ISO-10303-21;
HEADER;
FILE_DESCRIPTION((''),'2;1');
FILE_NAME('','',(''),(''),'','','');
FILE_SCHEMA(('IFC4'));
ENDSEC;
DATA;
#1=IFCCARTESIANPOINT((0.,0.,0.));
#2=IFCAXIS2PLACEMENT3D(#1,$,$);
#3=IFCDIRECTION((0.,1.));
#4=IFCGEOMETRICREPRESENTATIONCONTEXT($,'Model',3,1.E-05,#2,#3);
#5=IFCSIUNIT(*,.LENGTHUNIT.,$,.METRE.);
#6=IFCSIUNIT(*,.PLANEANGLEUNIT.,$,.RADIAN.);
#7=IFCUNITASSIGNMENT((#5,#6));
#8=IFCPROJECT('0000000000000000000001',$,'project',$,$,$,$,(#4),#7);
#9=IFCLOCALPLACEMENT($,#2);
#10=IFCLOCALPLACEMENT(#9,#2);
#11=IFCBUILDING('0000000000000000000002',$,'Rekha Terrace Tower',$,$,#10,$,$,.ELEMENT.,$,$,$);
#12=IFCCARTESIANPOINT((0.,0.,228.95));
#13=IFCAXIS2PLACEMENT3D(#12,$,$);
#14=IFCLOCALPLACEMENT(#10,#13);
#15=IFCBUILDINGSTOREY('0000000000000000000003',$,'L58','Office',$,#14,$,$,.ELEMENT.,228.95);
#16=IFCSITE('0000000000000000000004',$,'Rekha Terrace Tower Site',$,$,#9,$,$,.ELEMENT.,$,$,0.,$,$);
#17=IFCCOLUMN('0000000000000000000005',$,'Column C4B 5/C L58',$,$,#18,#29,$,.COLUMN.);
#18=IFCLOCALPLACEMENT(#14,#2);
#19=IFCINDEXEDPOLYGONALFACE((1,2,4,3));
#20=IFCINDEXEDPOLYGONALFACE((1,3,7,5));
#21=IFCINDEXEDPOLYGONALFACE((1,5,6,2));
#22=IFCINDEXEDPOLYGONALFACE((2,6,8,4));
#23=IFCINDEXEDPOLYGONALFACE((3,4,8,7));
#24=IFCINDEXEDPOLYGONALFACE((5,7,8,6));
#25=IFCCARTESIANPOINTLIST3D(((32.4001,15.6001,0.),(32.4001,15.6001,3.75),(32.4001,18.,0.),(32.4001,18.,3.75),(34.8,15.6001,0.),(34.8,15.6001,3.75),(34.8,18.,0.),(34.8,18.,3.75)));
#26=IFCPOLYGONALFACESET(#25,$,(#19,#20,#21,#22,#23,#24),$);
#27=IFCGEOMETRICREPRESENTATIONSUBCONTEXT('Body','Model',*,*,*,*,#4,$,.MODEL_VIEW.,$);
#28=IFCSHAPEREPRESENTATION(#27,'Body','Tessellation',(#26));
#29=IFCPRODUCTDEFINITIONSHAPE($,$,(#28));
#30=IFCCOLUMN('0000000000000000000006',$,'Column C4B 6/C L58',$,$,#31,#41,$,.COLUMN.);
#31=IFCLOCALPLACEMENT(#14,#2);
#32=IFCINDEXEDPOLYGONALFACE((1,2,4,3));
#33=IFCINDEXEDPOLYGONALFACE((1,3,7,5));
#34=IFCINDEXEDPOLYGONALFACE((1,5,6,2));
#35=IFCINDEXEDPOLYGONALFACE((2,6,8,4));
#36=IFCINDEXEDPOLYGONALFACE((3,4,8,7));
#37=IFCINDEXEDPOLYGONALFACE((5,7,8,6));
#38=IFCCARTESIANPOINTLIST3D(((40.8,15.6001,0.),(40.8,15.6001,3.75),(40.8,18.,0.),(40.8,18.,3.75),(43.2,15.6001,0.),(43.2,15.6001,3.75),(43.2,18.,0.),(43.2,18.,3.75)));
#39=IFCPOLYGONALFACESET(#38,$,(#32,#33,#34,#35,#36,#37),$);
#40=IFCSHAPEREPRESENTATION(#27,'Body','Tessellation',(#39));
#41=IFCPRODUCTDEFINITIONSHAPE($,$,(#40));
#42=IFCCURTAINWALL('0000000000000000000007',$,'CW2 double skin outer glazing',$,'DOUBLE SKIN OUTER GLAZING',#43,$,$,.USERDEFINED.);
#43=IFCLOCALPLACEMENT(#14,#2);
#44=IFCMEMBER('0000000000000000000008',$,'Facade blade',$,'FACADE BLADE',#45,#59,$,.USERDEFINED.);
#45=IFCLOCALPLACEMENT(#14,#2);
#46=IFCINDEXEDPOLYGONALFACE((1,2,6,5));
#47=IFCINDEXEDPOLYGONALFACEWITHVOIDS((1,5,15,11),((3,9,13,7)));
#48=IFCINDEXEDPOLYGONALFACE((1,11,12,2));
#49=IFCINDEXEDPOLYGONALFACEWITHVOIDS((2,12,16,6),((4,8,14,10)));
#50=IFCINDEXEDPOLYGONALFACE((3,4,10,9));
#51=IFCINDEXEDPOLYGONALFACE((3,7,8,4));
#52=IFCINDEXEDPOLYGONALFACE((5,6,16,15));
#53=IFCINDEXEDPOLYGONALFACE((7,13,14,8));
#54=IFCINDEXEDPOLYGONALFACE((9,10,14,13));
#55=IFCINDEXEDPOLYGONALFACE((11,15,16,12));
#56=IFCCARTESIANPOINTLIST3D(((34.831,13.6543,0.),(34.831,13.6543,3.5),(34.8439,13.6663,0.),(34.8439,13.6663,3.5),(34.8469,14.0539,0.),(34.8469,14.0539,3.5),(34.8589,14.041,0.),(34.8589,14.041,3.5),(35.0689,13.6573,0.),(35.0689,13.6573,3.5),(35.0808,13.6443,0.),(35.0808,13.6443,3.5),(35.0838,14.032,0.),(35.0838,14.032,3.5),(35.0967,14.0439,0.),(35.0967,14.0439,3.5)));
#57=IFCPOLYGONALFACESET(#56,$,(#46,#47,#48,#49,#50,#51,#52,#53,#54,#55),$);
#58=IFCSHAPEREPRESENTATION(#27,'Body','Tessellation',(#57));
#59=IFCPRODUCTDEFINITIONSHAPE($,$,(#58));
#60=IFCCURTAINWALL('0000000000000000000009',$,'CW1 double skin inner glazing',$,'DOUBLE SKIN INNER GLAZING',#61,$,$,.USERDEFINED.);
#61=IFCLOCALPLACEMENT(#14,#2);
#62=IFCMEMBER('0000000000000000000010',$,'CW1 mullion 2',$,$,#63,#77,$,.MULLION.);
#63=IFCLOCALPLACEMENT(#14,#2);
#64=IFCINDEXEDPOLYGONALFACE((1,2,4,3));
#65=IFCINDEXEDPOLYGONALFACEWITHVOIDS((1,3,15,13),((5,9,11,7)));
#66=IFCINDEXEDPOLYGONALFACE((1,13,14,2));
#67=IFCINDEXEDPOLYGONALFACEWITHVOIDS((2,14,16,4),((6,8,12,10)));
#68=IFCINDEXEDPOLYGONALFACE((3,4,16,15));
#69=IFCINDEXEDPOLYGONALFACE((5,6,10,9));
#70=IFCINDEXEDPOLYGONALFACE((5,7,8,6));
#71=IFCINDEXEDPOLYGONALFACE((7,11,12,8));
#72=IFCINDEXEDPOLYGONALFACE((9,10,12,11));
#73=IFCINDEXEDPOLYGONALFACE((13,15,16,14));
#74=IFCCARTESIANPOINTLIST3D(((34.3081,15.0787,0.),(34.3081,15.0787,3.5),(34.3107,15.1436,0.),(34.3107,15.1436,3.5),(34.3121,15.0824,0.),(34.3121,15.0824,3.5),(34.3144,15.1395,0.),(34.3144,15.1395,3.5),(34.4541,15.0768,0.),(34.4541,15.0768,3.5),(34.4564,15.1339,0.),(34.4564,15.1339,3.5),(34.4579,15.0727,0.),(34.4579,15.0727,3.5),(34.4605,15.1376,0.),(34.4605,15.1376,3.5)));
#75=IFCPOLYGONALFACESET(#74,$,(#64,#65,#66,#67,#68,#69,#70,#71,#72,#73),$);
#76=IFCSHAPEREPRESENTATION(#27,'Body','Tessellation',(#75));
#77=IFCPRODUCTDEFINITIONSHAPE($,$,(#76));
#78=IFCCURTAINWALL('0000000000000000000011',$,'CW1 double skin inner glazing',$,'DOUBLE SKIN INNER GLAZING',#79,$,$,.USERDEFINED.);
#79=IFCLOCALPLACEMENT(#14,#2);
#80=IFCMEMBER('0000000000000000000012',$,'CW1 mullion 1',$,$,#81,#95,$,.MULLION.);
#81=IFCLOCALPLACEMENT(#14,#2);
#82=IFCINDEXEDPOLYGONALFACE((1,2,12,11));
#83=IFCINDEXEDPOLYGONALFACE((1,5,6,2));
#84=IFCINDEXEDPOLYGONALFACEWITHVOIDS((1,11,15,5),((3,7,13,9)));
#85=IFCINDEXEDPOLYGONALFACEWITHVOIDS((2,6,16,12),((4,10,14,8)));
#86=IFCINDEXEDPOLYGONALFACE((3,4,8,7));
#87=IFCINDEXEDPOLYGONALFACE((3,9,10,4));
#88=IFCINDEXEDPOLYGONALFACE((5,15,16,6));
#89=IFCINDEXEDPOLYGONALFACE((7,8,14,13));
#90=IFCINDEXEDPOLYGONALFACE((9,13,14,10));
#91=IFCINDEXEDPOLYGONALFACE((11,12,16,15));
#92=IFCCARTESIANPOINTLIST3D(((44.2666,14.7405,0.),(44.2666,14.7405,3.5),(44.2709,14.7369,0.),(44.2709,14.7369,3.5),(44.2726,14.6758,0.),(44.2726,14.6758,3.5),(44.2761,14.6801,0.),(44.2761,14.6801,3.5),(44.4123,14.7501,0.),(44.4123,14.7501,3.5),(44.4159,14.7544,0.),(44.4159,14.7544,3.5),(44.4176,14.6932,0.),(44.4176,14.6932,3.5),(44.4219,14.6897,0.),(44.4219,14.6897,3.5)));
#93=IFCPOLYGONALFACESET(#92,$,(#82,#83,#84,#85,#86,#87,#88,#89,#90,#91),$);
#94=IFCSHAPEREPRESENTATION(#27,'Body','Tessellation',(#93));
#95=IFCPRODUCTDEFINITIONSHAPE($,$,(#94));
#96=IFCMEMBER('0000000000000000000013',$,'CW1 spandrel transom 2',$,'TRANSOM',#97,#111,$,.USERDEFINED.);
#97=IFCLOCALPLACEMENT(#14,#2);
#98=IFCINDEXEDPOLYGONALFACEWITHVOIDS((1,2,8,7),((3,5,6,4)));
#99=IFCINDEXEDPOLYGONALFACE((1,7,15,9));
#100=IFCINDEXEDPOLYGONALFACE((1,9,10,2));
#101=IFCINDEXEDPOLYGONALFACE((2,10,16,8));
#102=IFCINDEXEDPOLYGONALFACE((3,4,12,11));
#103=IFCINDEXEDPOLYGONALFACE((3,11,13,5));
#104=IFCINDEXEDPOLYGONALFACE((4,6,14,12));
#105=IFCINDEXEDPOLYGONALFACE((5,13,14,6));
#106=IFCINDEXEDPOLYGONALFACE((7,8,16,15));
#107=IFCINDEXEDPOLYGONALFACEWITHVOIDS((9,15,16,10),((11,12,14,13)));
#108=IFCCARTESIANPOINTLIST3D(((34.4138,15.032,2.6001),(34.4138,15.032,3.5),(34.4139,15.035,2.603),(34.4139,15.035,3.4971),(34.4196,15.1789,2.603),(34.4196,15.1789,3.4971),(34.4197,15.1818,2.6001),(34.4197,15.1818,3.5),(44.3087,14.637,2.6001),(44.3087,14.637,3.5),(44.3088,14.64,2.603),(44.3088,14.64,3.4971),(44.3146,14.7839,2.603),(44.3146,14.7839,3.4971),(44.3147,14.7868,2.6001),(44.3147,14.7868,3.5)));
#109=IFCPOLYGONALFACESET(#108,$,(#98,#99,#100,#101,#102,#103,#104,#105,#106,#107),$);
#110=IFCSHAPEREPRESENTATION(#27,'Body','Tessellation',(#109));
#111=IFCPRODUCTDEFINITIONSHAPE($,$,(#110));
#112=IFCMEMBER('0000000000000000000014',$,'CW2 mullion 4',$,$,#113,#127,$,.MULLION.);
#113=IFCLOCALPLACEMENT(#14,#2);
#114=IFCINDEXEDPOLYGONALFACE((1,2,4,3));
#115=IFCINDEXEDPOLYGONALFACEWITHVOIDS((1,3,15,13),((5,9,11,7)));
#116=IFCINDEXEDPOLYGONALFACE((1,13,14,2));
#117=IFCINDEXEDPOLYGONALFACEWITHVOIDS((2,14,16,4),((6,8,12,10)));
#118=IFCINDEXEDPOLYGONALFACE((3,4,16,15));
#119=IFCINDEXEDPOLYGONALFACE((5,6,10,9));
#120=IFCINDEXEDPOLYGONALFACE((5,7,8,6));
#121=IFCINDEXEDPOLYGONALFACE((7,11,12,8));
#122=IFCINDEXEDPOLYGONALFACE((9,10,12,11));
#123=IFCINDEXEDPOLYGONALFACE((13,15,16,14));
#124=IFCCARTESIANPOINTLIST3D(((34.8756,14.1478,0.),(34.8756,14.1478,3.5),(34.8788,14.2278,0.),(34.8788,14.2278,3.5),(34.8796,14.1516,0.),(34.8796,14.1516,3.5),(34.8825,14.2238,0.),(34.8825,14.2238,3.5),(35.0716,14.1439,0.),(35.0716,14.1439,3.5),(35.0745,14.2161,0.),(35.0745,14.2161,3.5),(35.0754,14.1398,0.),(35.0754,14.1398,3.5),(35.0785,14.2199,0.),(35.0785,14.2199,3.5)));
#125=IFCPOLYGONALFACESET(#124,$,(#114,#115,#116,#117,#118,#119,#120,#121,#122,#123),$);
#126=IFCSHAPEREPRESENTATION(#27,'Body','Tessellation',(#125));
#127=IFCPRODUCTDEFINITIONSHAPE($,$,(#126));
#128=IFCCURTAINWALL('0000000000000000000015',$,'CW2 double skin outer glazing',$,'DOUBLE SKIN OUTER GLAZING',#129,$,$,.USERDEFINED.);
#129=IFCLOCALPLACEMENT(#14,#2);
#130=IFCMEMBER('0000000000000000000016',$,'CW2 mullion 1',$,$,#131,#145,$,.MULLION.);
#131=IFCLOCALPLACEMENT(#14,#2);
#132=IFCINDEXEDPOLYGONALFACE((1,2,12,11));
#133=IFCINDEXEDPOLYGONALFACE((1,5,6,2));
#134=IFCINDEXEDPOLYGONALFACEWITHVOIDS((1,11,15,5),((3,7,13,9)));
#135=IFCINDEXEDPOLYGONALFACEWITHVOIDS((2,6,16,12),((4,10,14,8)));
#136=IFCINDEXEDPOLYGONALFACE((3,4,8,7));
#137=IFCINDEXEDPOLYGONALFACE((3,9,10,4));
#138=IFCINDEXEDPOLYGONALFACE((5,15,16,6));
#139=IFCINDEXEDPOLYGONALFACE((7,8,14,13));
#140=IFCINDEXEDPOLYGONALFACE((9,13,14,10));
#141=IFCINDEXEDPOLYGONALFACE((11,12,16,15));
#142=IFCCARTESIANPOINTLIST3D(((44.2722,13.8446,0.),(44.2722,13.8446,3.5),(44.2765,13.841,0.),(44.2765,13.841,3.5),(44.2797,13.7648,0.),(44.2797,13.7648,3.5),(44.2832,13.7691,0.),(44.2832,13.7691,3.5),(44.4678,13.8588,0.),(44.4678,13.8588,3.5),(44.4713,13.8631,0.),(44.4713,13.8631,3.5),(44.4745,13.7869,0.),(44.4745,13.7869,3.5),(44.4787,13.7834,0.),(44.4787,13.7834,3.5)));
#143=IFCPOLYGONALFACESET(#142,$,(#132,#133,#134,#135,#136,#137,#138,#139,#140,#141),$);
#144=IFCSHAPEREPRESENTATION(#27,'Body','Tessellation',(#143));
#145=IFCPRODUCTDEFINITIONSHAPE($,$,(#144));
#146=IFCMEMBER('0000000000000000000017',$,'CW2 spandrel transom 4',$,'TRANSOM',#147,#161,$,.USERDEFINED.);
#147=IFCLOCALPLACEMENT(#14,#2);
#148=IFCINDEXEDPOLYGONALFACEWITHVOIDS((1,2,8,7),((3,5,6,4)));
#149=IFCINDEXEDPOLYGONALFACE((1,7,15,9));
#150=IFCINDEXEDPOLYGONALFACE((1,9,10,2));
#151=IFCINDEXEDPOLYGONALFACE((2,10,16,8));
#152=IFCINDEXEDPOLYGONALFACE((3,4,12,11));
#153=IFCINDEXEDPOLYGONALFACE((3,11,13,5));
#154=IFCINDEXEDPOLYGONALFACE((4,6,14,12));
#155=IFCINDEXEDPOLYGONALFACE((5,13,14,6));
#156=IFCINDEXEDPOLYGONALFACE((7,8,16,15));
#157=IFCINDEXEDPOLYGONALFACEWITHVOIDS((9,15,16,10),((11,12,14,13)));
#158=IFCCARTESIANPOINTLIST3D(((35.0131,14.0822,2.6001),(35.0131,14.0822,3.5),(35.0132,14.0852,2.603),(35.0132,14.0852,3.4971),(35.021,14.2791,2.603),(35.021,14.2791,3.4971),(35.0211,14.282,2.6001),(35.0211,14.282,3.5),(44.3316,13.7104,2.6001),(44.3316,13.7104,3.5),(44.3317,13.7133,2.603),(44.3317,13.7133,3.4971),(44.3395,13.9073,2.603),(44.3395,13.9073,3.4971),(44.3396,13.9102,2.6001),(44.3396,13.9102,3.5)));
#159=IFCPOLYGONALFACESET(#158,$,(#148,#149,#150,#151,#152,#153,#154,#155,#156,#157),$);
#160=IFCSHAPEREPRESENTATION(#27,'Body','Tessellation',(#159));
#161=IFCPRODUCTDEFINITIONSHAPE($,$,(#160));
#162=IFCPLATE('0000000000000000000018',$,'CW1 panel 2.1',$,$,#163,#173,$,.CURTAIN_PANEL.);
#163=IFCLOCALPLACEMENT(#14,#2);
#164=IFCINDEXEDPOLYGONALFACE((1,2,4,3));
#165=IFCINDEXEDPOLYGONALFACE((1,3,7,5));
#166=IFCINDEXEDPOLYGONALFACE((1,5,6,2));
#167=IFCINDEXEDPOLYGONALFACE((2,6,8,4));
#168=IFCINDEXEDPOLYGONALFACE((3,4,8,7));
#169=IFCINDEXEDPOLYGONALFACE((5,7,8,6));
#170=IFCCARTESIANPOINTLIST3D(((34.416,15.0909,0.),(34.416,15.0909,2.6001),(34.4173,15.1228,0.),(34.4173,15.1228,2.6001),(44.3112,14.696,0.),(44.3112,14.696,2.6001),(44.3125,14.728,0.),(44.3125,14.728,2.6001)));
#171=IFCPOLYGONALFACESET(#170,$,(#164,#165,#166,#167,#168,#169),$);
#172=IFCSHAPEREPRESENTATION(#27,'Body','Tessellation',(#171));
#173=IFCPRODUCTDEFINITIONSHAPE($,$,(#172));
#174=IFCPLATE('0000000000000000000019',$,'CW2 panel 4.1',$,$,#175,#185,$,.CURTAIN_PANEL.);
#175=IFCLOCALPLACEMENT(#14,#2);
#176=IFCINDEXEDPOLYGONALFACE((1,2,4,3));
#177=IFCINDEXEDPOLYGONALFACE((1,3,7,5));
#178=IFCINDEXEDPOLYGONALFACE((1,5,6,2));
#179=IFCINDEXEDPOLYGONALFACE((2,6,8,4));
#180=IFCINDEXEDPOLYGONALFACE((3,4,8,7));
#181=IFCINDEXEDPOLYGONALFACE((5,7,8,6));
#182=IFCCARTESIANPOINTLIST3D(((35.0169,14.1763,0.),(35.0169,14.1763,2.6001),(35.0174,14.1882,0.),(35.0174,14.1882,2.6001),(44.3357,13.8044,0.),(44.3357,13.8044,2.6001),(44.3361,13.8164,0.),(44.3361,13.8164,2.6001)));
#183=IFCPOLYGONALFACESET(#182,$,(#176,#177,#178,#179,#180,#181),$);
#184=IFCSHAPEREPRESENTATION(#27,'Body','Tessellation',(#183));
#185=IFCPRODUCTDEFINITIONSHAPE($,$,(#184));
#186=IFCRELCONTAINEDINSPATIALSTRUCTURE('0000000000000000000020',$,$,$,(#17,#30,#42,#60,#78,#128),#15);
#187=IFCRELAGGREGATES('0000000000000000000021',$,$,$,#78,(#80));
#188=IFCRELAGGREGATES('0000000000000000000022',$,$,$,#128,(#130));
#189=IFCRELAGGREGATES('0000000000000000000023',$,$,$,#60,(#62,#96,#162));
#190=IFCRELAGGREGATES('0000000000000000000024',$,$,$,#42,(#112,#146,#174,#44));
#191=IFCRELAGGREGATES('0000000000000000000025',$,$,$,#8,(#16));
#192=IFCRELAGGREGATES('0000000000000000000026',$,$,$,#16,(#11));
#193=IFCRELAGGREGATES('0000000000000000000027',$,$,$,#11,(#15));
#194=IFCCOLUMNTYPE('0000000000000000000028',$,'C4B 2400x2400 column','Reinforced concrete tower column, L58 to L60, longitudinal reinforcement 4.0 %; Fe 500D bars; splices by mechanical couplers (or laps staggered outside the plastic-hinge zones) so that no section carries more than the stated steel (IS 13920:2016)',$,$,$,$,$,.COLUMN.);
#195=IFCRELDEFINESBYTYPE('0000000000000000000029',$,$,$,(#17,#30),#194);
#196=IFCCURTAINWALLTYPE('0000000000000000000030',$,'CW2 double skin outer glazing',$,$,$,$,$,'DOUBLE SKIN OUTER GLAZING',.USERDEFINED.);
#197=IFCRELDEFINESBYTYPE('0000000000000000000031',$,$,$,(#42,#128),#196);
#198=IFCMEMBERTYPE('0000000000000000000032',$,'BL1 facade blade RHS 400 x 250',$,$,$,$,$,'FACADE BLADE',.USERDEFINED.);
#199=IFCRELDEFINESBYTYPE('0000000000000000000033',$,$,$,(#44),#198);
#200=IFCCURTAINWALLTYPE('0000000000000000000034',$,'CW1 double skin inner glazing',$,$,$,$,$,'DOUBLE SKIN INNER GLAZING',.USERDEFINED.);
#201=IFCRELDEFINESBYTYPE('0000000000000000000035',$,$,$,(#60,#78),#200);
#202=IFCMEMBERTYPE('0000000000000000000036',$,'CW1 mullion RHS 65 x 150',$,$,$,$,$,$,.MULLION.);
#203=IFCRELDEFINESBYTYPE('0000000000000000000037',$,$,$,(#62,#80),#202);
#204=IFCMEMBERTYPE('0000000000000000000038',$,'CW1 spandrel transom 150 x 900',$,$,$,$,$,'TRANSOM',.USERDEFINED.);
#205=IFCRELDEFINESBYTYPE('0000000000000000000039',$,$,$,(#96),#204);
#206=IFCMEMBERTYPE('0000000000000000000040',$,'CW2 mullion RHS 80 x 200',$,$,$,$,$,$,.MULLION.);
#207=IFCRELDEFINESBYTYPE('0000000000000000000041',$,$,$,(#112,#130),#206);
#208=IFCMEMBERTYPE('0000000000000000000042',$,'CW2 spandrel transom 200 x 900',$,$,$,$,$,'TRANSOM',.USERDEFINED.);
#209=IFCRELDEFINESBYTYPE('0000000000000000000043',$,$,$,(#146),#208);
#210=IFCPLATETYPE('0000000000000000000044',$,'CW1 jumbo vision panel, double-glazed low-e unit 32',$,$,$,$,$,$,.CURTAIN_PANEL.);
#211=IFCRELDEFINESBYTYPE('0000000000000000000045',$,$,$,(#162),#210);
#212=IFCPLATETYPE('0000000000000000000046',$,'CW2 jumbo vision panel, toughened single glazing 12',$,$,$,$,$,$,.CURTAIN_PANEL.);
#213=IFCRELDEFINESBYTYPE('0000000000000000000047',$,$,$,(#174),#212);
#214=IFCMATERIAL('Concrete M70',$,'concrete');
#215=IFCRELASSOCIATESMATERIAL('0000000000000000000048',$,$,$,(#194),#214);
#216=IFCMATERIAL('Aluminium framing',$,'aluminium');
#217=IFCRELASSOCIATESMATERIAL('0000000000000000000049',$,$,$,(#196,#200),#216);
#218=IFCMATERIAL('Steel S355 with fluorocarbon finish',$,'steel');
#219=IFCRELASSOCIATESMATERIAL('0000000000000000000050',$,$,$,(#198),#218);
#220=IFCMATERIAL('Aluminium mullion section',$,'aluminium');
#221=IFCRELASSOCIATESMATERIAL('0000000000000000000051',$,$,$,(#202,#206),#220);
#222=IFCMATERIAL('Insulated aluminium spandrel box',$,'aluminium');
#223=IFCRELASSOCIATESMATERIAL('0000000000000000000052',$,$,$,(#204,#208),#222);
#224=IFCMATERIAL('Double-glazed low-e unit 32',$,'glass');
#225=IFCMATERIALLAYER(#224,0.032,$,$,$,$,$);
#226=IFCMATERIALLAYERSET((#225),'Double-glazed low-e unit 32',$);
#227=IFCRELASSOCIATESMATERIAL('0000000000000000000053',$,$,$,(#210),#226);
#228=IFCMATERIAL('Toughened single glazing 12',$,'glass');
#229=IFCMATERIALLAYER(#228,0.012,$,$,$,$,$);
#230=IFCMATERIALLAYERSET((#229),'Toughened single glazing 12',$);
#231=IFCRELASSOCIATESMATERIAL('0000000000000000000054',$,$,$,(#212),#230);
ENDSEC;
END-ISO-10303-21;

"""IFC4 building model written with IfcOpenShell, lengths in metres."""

from ifc_helpers import new_model, si_unit, direction, frame, origin, origin_2d, place, context, subcontext, project, spatial, rectangle, hollow_rectangle, extrude, material, layer, layer_set, material_profile, profile_set, type_object, element, aggregate, save


model = new_model("IFC4")

# Units and contexts
model_context = context("Model", 3, precision=1e-05, world=origin(), true_north=direction((0.0, 1.0)))
body_context = subcontext(model_context, "Body", "Model", "MODEL_VIEW")
ifc_project = project(units=[si_unit("LENGTHUNIT", "METRE"), si_unit("PLANEANGLEUNIT", "RADIAN")], contexts=[model_context])

# Site, building, storey
site_placement = place(None, origin())
site = spatial("IfcSite", under=ifc_project, at=site_placement, Name="Rekha Terrace Tower Site", CompositionType="ELEMENT", RefElevation=0.0)
building_placement = place(site_placement, origin())
building = spatial("IfcBuilding", under=site, at=building_placement, Name="Rekha Terrace Tower", CompositionType="ELEMENT")
storey_placement = place(building_placement, frame((0.0, 0.0, 228.95)))
storey = spatial("IfcBuildingStorey", under=building, at=storey_placement, Name="L58", Description="Office", CompositionType="ELEMENT", Elevation=228.95)

# Columns
ifc_material_1 = material(Name="Concrete M70", Category="concrete")
ifc_material_profile_1 = material_profile(ifc_material_1, rectangle(XDim=2.3999, YDim=2.3999, at=origin_2d()), Name="RC 2400x2400")
ifc_profile_set_1 = profile_set([ifc_material_profile_1], Name="Concrete M70")
column_type = type_object("IfcColumnType", Name="C4B 2400x2400 column", Description="Reinforced concrete tower column, L58 to L60, longitudinal reinforcement 4.0 %; Fe 500D bars; splices by mechanical couplers (or laps staggered outside the plastic-hinge zones) so that no section carries more than the stated steel (IS 13920:2016)", PredefinedType="COLUMN", material=ifc_profile_set_1)
for number, where, z_axis, x_axis, name in (
    (1, (33.6001, 16.8, 0.0), (0.0, 0.0, 1.0), (1.0, 0.0, 0.0), "Column C4B 5/C L58"),
    (2, (42.0, 16.8, 0.0), (0.0, 0.0, 1.0), (1.0, 0.0, 0.0), "Column C4B 6/C L58"),
):
    element("IfcColumn", number, at=place(storey_placement, frame(where, z_axis=z_axis, x_axis=x_axis)), inside=storey, type_object=column_type, Name=name, PredefinedType="COLUMN", context=body_context, shape_type="SweptSolid", body=[
        extrude(rectangle(XDim=2.3999, YDim=2.3999, at=origin_2d()), origin(), (0.0, 0.0, 1.0), 3.75),
    ])

# Curtain walls, members
ifc_material_2 = material(Name="Aluminium framing", Category="aluminium")
curtain_wall_type_1 = type_object("IfcCurtainWallType", Name="CW2 double skin outer glazing", ElementType="DOUBLE SKIN OUTER GLAZING", PredefinedType="USERDEFINED", material=ifc_material_2)
curtain_wall_1_placement = place(storey_placement, origin())
curtain_wall_1 = element("IfcCurtainWall", 3, at=curtain_wall_1_placement, inside=storey, type_object=curtain_wall_type_1, Name="CW2 double skin outer glazing", ObjectType="DOUBLE SKIN OUTER GLAZING", PredefinedType="USERDEFINED")
ifc_material_3 = material(Name="Steel S355 with fluorocarbon finish", Category="steel")
ifc_material_profile_2 = material_profile(ifc_material_3, hollow_rectangle(XDim=0.25, YDim=0.3999, WallThickness=0.0125, at=origin_2d()), Name="RHS400x250x12.5")
ifc_profile_set_2 = profile_set([ifc_material_profile_2], Name="Steel S355 with fluorocarbon finish")
member_type_1 = type_object("IfcMemberType", Name="BL1 facade blade RHS 400 x 250", ElementType="FACADE BLADE", PredefinedType="USERDEFINED", material=ifc_profile_set_2)
member_1_placement = place(storey_placement, frame((34.9639, 13.8491, 0.0), z_axis=(0.0, 0.0, 1.0), x_axis=(0.999205, -0.039872, 0.0)))
member_1 = element("IfcMember", 4, at=member_1_placement, type_object=member_type_1, Name="Facade blade", ObjectType="FACADE BLADE", PredefinedType="USERDEFINED", context=body_context, shape_type="SweptSolid", body=[
    extrude(hollow_rectangle(XDim=0.25, YDim=0.3999, WallThickness=0.0125, at=origin_2d()), origin(), (0.0, 0.0, 1.0), 3.5),
])
curtain_wall_type_2 = type_object("IfcCurtainWallType", Name="CW1 double skin inner glazing", ElementType="DOUBLE SKIN INNER GLAZING", PredefinedType="USERDEFINED", material=ifc_material_2)
curtain_wall_2_placement = place(storey_placement, origin())
curtain_wall_2 = element("IfcCurtainWall", 5, at=curtain_wall_2_placement, inside=storey, type_object=curtain_wall_type_2, Name="CW1 double skin inner glazing", ObjectType="DOUBLE SKIN INNER GLAZING", PredefinedType="USERDEFINED")
ifc_material_4 = material(Name="Aluminium mullion section", Category="aluminium")
ifc_material_profile_3 = material_profile(ifc_material_4, hollow_rectangle(XDim=0.0649, YDim=0.1499, WallThickness=0.0039, at=origin_2d()), Name="AL RHS 65x150")
ifc_profile_set_3 = profile_set([ifc_material_profile_3], Name="Aluminium mullion section")
member_type_2 = type_object("IfcMemberType", Name="CW1 mullion RHS 65 x 150", PredefinedType="MULLION", material=ifc_profile_set_3)
member_2_placement = place(storey_placement, frame((34.3843, 15.1082, 0.0), z_axis=(0.0, 0.0, 1.0), x_axis=(0.039872, 0.999205, 0.0)))
member_2 = element("IfcMember", 6, at=member_2_placement, type_object=member_type_2, Name="CW1 mullion 2", PredefinedType="MULLION", context=body_context, shape_type="SweptSolid", body=[
    extrude(hollow_rectangle(XDim=0.0649, YDim=0.1499, WallThickness=0.0039, at=origin_2d()), origin(), (0.0, 0.0, 1.0), 3.5),
])
curtain_wall_3_placement = place(storey_placement, origin())
curtain_wall_3 = element("IfcCurtainWall", 7, at=curtain_wall_3_placement, inside=storey, type_object=curtain_wall_type_2, Name="CW1 double skin inner glazing", ObjectType="DOUBLE SKIN INNER GLAZING", PredefinedType="USERDEFINED")
member_3_placement = place(storey_placement, frame((44.3442, 14.7151, 0.0), z_axis=(0.0, 0.0, 1.0), x_axis=(-0.092709, 0.995693, 0.0)))
member_3 = element("IfcMember", 8, at=member_3_placement, type_object=member_type_2, Name="CW1 mullion 1", PredefinedType="MULLION", context=body_context, shape_type="SweptSolid", body=[
    extrude(hollow_rectangle(XDim=0.0649, YDim=0.1499, WallThickness=0.0039, at=origin_2d()), origin(), (0.0, 0.0, 1.0), 3.5),
])
aggregate(curtain_wall_3, [member_3])

# Members
ifc_material_5 = material(Name="Insulated aluminium spandrel box", Category="aluminium")
ifc_material_profile_4 = material_profile(ifc_material_5, hollow_rectangle(XDim=0.1499, YDim=0.8999, WallThickness=0.0029, at=origin_2d()), Name="AL SPANDREL BOX 150x900")
ifc_profile_set_4 = profile_set([ifc_material_profile_4], Name="Insulated aluminium spandrel box")
member_type_3 = type_object("IfcMemberType", Name="CW1 spandrel transom 150 x 900", ElementType="TRANSOM", PredefinedType="USERDEFINED", material=ifc_profile_set_4)
member_4_placement = place(storey_placement, frame((34.4167, 15.1069, 3.05), z_axis=(0.999204, -0.039889, 0.0), x_axis=(0.039889, 0.999204, 0.0)))
member_4 = element("IfcMember", 9, at=member_4_placement, type_object=member_type_3, Name="CW1 spandrel transom 2", ObjectType="TRANSOM", PredefinedType="USERDEFINED", context=body_context, shape_type="SweptSolid", body=[
    extrude(hollow_rectangle(XDim=0.1499, YDim=0.8999, WallThickness=0.0029, at=origin_2d()), origin(), (0.0, 0.0, 1.0), 9.9028),
])
ifc_material_profile_5 = material_profile(ifc_material_4, hollow_rectangle(XDim=0.0801, YDim=0.2, WallThickness=0.0039, at=origin_2d()), Name="AL RHS 80x200")
ifc_profile_set_5 = profile_set([ifc_material_profile_5], Name="Aluminium mullion section")
member_type_4 = type_object("IfcMemberType", Name="CW2 mullion RHS 80 x 200", PredefinedType="MULLION", material=ifc_profile_set_5)
member_5_placement = place(storey_placement, frame((34.9771, 14.1838, 0.0), z_axis=(0.0, 0.0, 1.0), x_axis=(0.039872, 0.999205, 0.0)))
member_5 = element("IfcMember", 10, at=member_5_placement, type_object=member_type_4, Name="CW2 mullion 4", PredefinedType="MULLION", context=body_context, shape_type="SweptSolid", body=[
    extrude(hollow_rectangle(XDim=0.0801, YDim=0.2, WallThickness=0.0039, at=origin_2d()), origin(), (0.0, 0.0, 1.0), 3.5),
])

# Curtain wall, member
curtain_wall_4_placement = place(storey_placement, origin())
curtain_wall_4 = element("IfcCurtainWall", 11, at=curtain_wall_4_placement, inside=storey, type_object=curtain_wall_type_1, Name="CW2 double skin outer glazing", ObjectType="DOUBLE SKIN OUTER GLAZING", PredefinedType="USERDEFINED")
member_6_placement = place(storey_placement, frame((44.3755, 13.814, 0.0), z_axis=(0.0, 0.0, 1.0), x_axis=(-0.092709, 0.995693, 0.0)))
member_6 = element("IfcMember", 12, at=member_6_placement, type_object=member_type_4, Name="CW2 mullion 1", PredefinedType="MULLION", context=body_context, shape_type="SweptSolid", body=[
    extrude(hollow_rectangle(XDim=0.0801, YDim=0.2, WallThickness=0.0039, at=origin_2d()), origin(), (0.0, 0.0, 1.0), 3.5),
])
aggregate(curtain_wall_4, [member_6])

# Member
ifc_material_profile_6 = material_profile(ifc_material_5, hollow_rectangle(XDim=0.2, YDim=0.8999, WallThickness=0.0029, at=origin_2d()), Name="AL SPANDREL BOX 200x900")
ifc_profile_set_6 = profile_set([ifc_material_profile_6], Name="Insulated aluminium spandrel box")
member_type_5 = type_object("IfcMemberType", Name="CW2 spandrel transom 200 x 900", ElementType="TRANSOM", PredefinedType="USERDEFINED", material=ifc_profile_set_6)
member_7_placement = place(storey_placement, frame((35.0171, 14.1821, 3.05), z_axis=(0.999205, -0.03987, 0.0), x_axis=(0.03987, 0.999205, 0.0)))
member_7 = element("IfcMember", 13, at=member_7_placement, type_object=member_type_5, Name="CW2 spandrel transom 4", ObjectType="TRANSOM", PredefinedType="USERDEFINED", context=body_context, shape_type="SweptSolid", body=[
    extrude(hollow_rectangle(XDim=0.2, YDim=0.8999, WallThickness=0.0029, at=origin_2d()), origin(), (0.0, 0.0, 1.0), 9.3259),
])

# Plates
ifc_material_6 = material(Name="Double-glazed low-e unit 32", Category="glass")
ifc_layer_1 = layer(ifc_material_6, 0.032)
ifc_layer_set_1 = layer_set([ifc_layer_1], Name="Double-glazed low-e unit 32")
plate_type_1 = type_object("IfcPlateType", Name="CW1 jumbo vision panel, double-glazed low-e unit 32", PredefinedType="CURTAIN_PANEL", material=ifc_layer_set_1)
plate_1_placement = place(storey_placement, frame((39.3643, 14.9094, 0.0), z_axis=(0.0, 0.0, 1.0), x_axis=(0.999205, -0.039872, 0.0)))
plate_1 = element("IfcPlate", 14, at=plate_1_placement, type_object=plate_type_1, Name="CW1 panel 2.1", PredefinedType="CURTAIN_PANEL", context=body_context, shape_type="SweptSolid", body=[
    extrude(rectangle(XDim=9.9031, YDim=0.032, at=origin_2d()), origin(), (0.0, 0.0, 1.0), 2.6001),
])
aggregate(curtain_wall_2, [member_2, member_4, plate_1])
ifc_material_7 = material(Name="Toughened single glazing 12", Category="glass")
ifc_layer_2 = layer(ifc_material_7, 0.012)
ifc_layer_set_2 = layer_set([ifc_layer_2], Name="Toughened single glazing 12")
plate_type_2 = type_object("IfcPlateType", Name="CW2 jumbo vision panel, toughened single glazing 12", PredefinedType="CURTAIN_PANEL", material=ifc_layer_set_2)
plate_2_placement = place(storey_placement, frame((39.6765, 13.9963, 0.0), z_axis=(0.0, 0.0, 1.0), x_axis=(0.999205, -0.039872, 0.0)))
plate_2 = element("IfcPlate", 15, at=plate_2_placement, type_object=plate_type_2, Name="CW2 panel 4.1", PredefinedType="CURTAIN_PANEL", context=body_context, shape_type="SweptSolid", body=[
    extrude(rectangle(XDim=9.3262, YDim=0.012, at=origin_2d()), origin(), (0.0, 0.0, 1.0), 2.6001),
])
aggregate(curtain_wall_1, [member_5, member_7, plate_2, member_1])

save(model, "model.ifc")
